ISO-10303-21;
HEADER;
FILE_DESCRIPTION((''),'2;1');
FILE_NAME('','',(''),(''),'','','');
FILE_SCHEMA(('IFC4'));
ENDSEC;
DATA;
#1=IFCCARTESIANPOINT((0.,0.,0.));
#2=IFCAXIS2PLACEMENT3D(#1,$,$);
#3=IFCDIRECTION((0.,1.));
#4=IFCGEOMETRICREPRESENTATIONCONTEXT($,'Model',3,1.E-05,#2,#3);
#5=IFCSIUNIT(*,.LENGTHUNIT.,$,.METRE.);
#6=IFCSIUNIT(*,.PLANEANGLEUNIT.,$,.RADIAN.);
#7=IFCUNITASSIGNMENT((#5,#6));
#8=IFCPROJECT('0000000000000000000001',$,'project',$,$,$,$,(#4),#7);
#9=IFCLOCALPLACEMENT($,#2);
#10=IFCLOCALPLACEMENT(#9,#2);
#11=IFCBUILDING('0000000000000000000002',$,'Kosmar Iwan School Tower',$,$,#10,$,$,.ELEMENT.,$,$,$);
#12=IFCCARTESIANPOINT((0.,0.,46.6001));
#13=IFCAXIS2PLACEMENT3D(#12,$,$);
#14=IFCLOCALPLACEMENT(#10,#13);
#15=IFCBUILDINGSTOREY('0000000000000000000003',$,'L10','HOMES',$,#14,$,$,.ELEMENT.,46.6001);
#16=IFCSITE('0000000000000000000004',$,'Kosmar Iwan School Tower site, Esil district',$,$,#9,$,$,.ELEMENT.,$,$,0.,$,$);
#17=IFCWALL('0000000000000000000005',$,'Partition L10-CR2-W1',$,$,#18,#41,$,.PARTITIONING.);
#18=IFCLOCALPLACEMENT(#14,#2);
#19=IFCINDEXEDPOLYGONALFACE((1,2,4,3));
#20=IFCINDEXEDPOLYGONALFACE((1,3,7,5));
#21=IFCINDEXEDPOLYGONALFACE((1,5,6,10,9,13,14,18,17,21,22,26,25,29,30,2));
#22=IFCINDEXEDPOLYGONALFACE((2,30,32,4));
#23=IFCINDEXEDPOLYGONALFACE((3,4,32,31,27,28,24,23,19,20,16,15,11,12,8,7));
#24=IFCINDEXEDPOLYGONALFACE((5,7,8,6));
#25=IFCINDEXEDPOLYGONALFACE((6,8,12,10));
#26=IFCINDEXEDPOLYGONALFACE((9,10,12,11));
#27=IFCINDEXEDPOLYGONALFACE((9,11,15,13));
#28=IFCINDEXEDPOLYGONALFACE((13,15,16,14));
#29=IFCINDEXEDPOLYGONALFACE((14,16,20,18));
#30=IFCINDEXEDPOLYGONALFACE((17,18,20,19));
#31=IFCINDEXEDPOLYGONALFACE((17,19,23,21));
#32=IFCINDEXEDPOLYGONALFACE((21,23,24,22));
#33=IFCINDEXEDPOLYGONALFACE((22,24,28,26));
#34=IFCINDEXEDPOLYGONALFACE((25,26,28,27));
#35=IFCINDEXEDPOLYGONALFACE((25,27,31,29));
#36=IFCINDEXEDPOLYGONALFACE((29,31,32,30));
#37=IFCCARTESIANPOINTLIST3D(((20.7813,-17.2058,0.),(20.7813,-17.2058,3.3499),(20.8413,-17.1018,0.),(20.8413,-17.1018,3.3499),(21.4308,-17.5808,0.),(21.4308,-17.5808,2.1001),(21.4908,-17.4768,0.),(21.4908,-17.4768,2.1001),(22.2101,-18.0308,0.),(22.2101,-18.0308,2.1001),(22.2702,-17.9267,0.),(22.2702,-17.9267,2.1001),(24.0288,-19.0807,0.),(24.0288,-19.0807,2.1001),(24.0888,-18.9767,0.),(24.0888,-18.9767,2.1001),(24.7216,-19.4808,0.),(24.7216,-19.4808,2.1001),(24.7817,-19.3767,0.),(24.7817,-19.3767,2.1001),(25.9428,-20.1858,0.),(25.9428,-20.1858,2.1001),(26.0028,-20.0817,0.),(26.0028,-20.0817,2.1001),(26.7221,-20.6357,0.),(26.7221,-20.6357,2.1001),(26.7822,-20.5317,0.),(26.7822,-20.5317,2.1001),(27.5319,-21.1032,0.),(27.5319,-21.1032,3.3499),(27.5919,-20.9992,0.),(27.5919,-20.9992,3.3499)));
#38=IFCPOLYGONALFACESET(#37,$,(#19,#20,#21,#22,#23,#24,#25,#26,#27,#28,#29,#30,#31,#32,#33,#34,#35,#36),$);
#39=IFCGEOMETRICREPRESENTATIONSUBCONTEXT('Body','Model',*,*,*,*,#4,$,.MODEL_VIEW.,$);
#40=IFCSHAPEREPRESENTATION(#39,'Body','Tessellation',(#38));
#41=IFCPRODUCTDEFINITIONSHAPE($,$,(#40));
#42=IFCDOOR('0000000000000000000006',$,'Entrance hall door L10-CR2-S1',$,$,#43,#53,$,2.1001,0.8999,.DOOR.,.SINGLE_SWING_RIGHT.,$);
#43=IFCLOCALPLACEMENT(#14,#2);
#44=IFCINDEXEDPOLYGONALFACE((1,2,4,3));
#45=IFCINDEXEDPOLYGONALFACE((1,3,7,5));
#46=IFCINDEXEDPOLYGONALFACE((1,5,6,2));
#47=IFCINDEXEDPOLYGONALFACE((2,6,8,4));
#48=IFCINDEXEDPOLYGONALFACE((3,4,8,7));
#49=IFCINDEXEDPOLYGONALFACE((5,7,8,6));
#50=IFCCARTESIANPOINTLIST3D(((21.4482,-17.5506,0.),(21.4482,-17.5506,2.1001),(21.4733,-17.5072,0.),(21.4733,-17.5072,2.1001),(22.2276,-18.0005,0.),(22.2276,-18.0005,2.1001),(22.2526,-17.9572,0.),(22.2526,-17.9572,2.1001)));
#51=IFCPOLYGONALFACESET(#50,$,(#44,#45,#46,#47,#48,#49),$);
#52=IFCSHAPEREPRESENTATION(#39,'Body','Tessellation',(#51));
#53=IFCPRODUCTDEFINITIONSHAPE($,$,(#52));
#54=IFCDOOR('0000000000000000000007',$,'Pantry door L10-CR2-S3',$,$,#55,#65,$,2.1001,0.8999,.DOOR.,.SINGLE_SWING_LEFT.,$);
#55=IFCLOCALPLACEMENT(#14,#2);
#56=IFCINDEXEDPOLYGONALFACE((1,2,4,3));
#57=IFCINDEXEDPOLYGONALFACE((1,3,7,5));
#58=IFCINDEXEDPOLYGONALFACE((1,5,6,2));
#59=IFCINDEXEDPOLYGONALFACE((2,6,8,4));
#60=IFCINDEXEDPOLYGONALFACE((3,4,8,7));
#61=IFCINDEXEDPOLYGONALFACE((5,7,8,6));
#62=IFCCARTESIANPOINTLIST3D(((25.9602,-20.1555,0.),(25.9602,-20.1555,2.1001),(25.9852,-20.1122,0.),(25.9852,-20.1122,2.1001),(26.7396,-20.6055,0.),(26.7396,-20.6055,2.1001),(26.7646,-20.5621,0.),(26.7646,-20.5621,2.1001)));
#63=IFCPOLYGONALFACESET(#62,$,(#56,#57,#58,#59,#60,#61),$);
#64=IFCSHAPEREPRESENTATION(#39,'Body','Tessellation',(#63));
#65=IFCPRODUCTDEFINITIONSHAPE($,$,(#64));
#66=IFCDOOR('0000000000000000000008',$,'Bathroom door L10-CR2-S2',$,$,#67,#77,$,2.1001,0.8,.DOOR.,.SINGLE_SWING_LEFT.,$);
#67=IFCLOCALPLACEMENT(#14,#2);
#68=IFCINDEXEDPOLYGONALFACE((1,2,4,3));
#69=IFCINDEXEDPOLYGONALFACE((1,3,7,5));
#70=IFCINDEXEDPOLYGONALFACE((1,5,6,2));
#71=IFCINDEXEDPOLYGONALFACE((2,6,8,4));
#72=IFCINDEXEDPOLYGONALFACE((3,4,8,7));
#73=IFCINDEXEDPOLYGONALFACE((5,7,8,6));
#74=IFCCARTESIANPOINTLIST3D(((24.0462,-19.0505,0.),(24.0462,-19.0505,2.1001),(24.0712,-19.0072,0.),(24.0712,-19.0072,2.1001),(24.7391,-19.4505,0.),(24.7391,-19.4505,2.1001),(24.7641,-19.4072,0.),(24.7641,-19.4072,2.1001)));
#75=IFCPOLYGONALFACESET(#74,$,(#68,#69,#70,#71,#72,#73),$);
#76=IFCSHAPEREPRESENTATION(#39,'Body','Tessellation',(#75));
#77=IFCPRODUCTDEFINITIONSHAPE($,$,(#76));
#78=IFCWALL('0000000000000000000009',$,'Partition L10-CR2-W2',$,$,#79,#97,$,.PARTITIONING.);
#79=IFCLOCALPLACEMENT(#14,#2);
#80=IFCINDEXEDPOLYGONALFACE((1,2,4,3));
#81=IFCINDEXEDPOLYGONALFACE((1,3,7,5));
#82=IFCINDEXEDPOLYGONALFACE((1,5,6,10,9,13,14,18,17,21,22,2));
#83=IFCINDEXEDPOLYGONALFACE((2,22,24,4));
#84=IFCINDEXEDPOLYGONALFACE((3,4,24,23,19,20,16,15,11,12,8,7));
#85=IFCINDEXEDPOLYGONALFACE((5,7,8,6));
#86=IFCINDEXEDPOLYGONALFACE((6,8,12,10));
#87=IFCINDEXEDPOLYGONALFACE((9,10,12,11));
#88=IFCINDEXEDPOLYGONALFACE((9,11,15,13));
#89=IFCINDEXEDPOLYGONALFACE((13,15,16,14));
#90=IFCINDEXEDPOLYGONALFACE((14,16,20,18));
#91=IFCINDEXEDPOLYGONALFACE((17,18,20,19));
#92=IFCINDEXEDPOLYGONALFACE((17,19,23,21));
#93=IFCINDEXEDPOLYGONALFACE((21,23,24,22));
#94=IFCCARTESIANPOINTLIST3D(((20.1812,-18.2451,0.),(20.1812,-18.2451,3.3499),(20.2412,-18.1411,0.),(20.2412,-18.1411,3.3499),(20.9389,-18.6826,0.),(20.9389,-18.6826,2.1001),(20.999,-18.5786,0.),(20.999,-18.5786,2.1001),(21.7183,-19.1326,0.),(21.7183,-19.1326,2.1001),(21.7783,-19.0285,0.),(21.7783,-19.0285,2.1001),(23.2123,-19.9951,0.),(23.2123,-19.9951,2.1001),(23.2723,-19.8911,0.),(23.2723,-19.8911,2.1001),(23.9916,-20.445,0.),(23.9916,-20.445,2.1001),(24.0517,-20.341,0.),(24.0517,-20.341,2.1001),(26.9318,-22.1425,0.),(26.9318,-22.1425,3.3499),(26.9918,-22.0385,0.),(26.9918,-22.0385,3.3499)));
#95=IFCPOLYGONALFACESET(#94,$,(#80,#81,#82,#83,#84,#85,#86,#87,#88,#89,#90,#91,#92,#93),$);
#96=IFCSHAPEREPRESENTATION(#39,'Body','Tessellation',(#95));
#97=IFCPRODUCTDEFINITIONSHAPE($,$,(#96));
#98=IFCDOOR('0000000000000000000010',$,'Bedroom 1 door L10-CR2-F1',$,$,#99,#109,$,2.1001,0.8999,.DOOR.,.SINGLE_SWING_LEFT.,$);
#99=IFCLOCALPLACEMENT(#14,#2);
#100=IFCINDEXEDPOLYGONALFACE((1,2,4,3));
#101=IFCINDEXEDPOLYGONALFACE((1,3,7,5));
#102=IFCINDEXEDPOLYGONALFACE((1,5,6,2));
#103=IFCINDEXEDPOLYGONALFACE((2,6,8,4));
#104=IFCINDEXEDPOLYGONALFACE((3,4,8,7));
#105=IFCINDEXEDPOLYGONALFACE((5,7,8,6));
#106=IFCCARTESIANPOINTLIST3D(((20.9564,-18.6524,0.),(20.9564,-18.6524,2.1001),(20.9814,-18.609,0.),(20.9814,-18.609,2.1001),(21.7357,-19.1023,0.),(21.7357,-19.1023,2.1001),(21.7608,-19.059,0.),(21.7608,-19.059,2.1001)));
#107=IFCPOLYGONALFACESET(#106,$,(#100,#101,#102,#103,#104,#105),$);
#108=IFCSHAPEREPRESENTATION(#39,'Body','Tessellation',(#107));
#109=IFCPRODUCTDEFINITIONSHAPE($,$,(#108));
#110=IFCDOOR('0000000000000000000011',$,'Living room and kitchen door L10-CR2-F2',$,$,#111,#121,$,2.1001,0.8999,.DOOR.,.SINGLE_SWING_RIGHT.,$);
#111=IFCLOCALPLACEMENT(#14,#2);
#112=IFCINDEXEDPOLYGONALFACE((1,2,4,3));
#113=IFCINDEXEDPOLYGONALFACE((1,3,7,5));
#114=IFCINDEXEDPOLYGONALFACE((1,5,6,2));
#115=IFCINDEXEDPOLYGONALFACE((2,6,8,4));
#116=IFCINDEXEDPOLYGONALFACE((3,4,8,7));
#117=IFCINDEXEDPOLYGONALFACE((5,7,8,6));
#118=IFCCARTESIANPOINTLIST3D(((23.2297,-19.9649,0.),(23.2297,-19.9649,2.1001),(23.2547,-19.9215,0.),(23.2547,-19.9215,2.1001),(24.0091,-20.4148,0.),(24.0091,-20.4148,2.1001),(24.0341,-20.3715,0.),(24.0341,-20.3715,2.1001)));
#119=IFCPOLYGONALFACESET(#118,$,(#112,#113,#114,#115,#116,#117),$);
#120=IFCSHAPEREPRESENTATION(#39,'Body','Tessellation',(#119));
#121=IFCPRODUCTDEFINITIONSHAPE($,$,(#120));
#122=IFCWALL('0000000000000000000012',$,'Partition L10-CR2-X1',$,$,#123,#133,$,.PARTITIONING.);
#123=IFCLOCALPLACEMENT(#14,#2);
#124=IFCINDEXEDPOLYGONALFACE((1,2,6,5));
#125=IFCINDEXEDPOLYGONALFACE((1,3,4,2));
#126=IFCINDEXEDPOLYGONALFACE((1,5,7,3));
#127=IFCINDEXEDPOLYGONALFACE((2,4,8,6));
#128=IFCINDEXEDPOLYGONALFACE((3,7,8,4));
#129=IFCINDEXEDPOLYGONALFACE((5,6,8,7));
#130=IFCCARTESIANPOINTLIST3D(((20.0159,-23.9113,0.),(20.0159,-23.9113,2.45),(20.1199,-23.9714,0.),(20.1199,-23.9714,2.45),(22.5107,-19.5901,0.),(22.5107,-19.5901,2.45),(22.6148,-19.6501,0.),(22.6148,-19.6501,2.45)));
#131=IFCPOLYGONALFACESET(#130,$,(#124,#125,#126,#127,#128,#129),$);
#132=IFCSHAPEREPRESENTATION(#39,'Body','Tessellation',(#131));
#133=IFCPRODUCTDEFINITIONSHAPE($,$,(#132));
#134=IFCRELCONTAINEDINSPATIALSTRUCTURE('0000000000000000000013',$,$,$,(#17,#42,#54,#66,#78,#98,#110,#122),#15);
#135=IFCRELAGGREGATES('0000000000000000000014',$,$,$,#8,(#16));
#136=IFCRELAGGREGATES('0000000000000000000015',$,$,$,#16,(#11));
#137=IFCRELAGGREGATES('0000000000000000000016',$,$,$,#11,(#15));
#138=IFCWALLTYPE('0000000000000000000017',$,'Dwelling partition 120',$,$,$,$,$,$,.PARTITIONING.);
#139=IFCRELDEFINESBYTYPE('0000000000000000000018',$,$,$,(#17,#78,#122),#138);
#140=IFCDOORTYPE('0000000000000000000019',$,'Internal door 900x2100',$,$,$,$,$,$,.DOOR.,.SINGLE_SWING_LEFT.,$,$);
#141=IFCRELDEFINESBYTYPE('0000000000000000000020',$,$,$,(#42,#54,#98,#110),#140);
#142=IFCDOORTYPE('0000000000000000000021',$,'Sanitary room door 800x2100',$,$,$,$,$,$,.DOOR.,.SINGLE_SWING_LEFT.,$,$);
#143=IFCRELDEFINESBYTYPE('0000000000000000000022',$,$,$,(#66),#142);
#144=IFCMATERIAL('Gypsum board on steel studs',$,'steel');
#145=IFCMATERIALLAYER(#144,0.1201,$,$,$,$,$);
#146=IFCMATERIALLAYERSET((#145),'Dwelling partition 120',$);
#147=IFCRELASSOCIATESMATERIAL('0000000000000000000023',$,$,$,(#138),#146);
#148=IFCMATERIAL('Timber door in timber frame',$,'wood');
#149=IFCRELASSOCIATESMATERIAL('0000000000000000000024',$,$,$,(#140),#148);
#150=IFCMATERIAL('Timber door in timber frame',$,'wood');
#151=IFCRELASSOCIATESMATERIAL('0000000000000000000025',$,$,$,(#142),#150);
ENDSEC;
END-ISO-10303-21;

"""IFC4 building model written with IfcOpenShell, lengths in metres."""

from ifc_helpers import new_model, si_unit, direction, frame, frame_2d, origin, place, context, subcontext, project, spatial, rectangle, extrude, material, layer, layer_set, type_object, element, fill, save


model = new_model("IFC4")

# Units and contexts
model_context = context("Model", 3, precision=1e-05, world=origin(), true_north=direction((0.0, 1.0)))
body_context = subcontext(model_context, "Body", "Model", "MODEL_VIEW")
ifc_project = project(units=[si_unit("LENGTHUNIT", "METRE"), si_unit("PLANEANGLEUNIT", "RADIAN")], contexts=[model_context])

# Site, building, storey
site_placement = place(None, origin())
site = spatial("IfcSite", under=ifc_project, at=site_placement, Name="Kosmar Iwan School Tower site, Esil district", CompositionType="ELEMENT", RefElevation=0.0)
building_placement = place(site_placement, origin())
building = spatial("IfcBuilding", under=site, at=building_placement, Name="Kosmar Iwan School Tower", CompositionType="ELEMENT")
storey_placement = place(building_placement, frame((0.0, 0.0, 46.6001)))
storey = spatial("IfcBuildingStorey", under=building, at=storey_placement, Name="L10", Description="HOMES", CompositionType="ELEMENT", Elevation=46.6001)

# Walls, openings, doors
ifc_material_1 = material(Name="Gypsum board on steel studs", Category="steel")
ifc_layer = layer(ifc_material_1, 0.1201)
ifc_layer_set = layer_set([ifc_layer], Name="Dwelling partition 120")
wall_type = type_object("IfcWallType", Name="Dwelling partition 120", PredefinedType="PARTITIONING", material=ifc_layer_set)
wall_1_placement = place(storey_placement, frame((20.8113, -17.1538, 0.0), z_axis=(0.0, 0.0, 1.0), x_axis=(0.86603, -0.499993, 0.0)))
wall_1 = element("IfcWall", 1, at=wall_1_placement, inside=storey, type_object=wall_type, Name="Partition L10-CR2-W1", PredefinedType="PARTITIONING", context=body_context, shape_type="SweptSolid", body=[
    extrude(rectangle(XDim=7.7949, YDim=0.1201, at=frame_2d((3.8975, 0.0))), origin(), (0.0, 0.0, 1.0), 3.3499),
])
opening_1_placement = place(wall_1_placement, frame((0.75, 0.0, 0.0)))
opening_1 = element("IfcOpeningElement", 2, at=opening_1_placement, cuts=wall_1, PredefinedType="OPENING", context=body_context, shape_type="SweptSolid", body=[
    extrude(rectangle(XDim=0.8999, YDim=2.1001, at=frame_2d((0.45, 1.05))), frame((0.0, 0.072, 0.0), z_axis=(0.0, -1.0, 0.0), x_axis=(1.0, 0.0, 0.0)), (0.0, 0.0, 1.0), 0.144),
])
opening_2_placement = place(wall_1_placement, frame((3.75, 0.0, 0.0)))
opening_2 = element("IfcOpeningElement", 3, at=opening_2_placement, cuts=wall_1, PredefinedType="OPENING", context=body_context, shape_type="SweptSolid", body=[
    extrude(rectangle(XDim=0.8, YDim=2.1001, at=frame_2d((0.3999, 1.05))), frame((0.0, 0.072, 0.0), z_axis=(0.0, -1.0, 0.0), x_axis=(1.0, 0.0, 0.0)), (0.0, 0.0, 1.0), 0.144),
])
opening_3_placement = place(wall_1_placement, frame((5.96, 0.0, 0.0)))
opening_3 = element("IfcOpeningElement", 4, at=opening_3_placement, cuts=wall_1, PredefinedType="OPENING", context=body_context, shape_type="SweptSolid", body=[
    extrude(rectangle(XDim=0.8999, YDim=2.1001, at=frame_2d((0.45, 1.05))), frame((0.0, 0.072, 0.0), z_axis=(0.0, -1.0, 0.0), x_axis=(1.0, 0.0, 0.0)), (0.0, 0.0, 1.0), 0.144),
])
ifc_material_2 = material(Name="Timber door in timber frame", Category="wood")
door_type_1 = type_object("IfcDoorType", Name="Internal door 900x2100", OperationType="SINGLE_SWING_LEFT", PredefinedType="DOOR", material=ifc_material_2)
door_1_placement = place(opening_1_placement, origin())
door_1 = element("IfcDoor", 5, at=door_1_placement, inside=storey, type_object=door_type_1, Name="Entrance hall door L10-CR2-S1", OperationType="SINGLE_SWING_RIGHT", OverallHeight=2.1001, OverallWidth=0.8999, PredefinedType="DOOR", context=body_context, shape_type="SweptSolid", body=[
    extrude(rectangle(XDim=0.8999, YDim=2.1001, at=frame_2d((0.45, 1.05))), frame((0.0, 0.0249, 0.0), z_axis=(0.0, -1.0, 0.0), x_axis=(1.0, 0.0, 0.0)), (0.0, 0.0, 1.0), 0.05),
])
fill(opening_1, door_1)
door_2_placement = place(opening_3_placement, origin())
door_2 = element("IfcDoor", 6, at=door_2_placement, inside=storey, type_object=door_type_1, Name="Pantry door L10-CR2-S3", OperationType="SINGLE_SWING_LEFT", OverallHeight=2.1001, OverallWidth=0.8999, PredefinedType="DOOR", context=body_context, shape_type="SweptSolid", body=[
    extrude(rectangle(XDim=0.8999, YDim=2.1001, at=frame_2d((0.45, 1.05))), frame((0.0, 0.0249, 0.0), z_axis=(0.0, -1.0, 0.0), x_axis=(1.0, 0.0, 0.0)), (0.0, 0.0, 1.0), 0.05),
])
fill(opening_3, door_2)
ifc_material_3 = material(Name="Timber door in timber frame", Category="wood")
door_type_2 = type_object("IfcDoorType", Name="Sanitary room door 800x2100", OperationType="SINGLE_SWING_LEFT", PredefinedType="DOOR", material=ifc_material_3)
door_3_placement = place(opening_2_placement, origin())
door_3 = element("IfcDoor", 7, at=door_3_placement, inside=storey, type_object=door_type_2, Name="Bathroom door L10-CR2-S2", OperationType="SINGLE_SWING_LEFT", OverallHeight=2.1001, OverallWidth=0.8, PredefinedType="DOOR", context=body_context, shape_type="SweptSolid", body=[
    extrude(rectangle(XDim=0.8, YDim=2.1001, at=frame_2d((0.3999, 1.05))), frame((0.0, 0.0249, 0.0), z_axis=(0.0, -1.0, 0.0), x_axis=(1.0, 0.0, 0.0)), (0.0, 0.0, 1.0), 0.05),
])
fill(opening_2, door_3)
wall_2_placement = place(storey_placement, frame((20.2112, -18.1931, 0.0), z_axis=(0.0, 0.0, 1.0), x_axis=(0.86603, -0.499993, 0.0)))
wall_2 = element("IfcWall", 8, at=wall_2_placement, inside=storey, type_object=wall_type, Name="Partition L10-CR2-W2", PredefinedType="PARTITIONING", context=body_context, shape_type="SweptSolid", body=[
    extrude(rectangle(XDim=7.7949, YDim=0.1201, at=frame_2d((3.8975, 0.0))), origin(), (0.0, 0.0, 1.0), 3.3499),
])
opening_4_placement = place(wall_2_placement, frame((0.875, 0.0, 0.0)))
opening_4 = element("IfcOpeningElement", 9, at=opening_4_placement, cuts=wall_2, PredefinedType="OPENING", context=body_context, shape_type="SweptSolid", body=[
    extrude(rectangle(XDim=0.8999, YDim=2.1001, at=frame_2d((0.45, 1.05))), frame((0.0, 0.072, 0.0), z_axis=(0.0, -1.0, 0.0), x_axis=(1.0, 0.0, 0.0)), (0.0, 0.0, 1.0), 0.144),
])
opening_5_placement = place(wall_2_placement, frame((3.5, 0.0, 0.0)))
opening_5 = element("IfcOpeningElement", 10, at=opening_5_placement, cuts=wall_2, PredefinedType="OPENING", context=body_context, shape_type="SweptSolid", body=[
    extrude(rectangle(XDim=0.8999, YDim=2.1001, at=frame_2d((0.45, 1.05))), frame((0.0, 0.072, 0.0), z_axis=(0.0, -1.0, 0.0), x_axis=(1.0, 0.0, 0.0)), (0.0, 0.0, 1.0), 0.144),
])
door_4_placement = place(opening_4_placement, origin())
door_4 = element("IfcDoor", 11, at=door_4_placement, inside=storey, type_object=door_type_1, Name="Bedroom 1 door L10-CR2-F1", OperationType="SINGLE_SWING_LEFT", OverallHeight=2.1001, OverallWidth=0.8999, PredefinedType="DOOR", context=body_context, shape_type="SweptSolid", body=[
    extrude(rectangle(XDim=0.8999, YDim=2.1001, at=frame_2d((0.45, 1.05))), frame((0.0, 0.0249, 0.0), z_axis=(0.0, -1.0, 0.0), x_axis=(1.0, 0.0, 0.0)), (0.0, 0.0, 1.0), 0.05),
])
fill(opening_4, door_4)
door_5_placement = place(opening_5_placement, origin())
door_5 = element("IfcDoor", 12, at=door_5_placement, inside=storey, type_object=door_type_1, Name="Living room and kitchen door L10-CR2-F2", OperationType="SINGLE_SWING_RIGHT", OverallHeight=2.1001, OverallWidth=0.8999, PredefinedType="DOOR", context=body_context, shape_type="SweptSolid", body=[
    extrude(rectangle(XDim=0.8999, YDim=2.1001, at=frame_2d((0.45, 1.05))), frame((0.0, 0.0249, 0.0), z_axis=(0.0, -1.0, 0.0), x_axis=(1.0, 0.0, 0.0)), (0.0, 0.0, 1.0), 0.05),
])
fill(opening_5, door_5)

# Wall
wall_3_placement = place(storey_placement, frame((22.5627, -19.6201, 0.0), z_axis=(0.0, 0.0, 1.0), x_axis=(-0.499996, -0.866028, 0.0)))
element("IfcWall", 13, at=wall_3_placement, inside=storey, type_object=wall_type, Name="Partition L10-CR2-X1", PredefinedType="PARTITIONING", context=body_context, shape_type="SweptSolid", body=[
    extrude(rectangle(XDim=4.9897, YDim=0.1201, at=frame_2d((2.4949, 0.0))), origin(), (0.0, 0.0, 1.0), 2.45),
])

save(model, "model.ifc")
